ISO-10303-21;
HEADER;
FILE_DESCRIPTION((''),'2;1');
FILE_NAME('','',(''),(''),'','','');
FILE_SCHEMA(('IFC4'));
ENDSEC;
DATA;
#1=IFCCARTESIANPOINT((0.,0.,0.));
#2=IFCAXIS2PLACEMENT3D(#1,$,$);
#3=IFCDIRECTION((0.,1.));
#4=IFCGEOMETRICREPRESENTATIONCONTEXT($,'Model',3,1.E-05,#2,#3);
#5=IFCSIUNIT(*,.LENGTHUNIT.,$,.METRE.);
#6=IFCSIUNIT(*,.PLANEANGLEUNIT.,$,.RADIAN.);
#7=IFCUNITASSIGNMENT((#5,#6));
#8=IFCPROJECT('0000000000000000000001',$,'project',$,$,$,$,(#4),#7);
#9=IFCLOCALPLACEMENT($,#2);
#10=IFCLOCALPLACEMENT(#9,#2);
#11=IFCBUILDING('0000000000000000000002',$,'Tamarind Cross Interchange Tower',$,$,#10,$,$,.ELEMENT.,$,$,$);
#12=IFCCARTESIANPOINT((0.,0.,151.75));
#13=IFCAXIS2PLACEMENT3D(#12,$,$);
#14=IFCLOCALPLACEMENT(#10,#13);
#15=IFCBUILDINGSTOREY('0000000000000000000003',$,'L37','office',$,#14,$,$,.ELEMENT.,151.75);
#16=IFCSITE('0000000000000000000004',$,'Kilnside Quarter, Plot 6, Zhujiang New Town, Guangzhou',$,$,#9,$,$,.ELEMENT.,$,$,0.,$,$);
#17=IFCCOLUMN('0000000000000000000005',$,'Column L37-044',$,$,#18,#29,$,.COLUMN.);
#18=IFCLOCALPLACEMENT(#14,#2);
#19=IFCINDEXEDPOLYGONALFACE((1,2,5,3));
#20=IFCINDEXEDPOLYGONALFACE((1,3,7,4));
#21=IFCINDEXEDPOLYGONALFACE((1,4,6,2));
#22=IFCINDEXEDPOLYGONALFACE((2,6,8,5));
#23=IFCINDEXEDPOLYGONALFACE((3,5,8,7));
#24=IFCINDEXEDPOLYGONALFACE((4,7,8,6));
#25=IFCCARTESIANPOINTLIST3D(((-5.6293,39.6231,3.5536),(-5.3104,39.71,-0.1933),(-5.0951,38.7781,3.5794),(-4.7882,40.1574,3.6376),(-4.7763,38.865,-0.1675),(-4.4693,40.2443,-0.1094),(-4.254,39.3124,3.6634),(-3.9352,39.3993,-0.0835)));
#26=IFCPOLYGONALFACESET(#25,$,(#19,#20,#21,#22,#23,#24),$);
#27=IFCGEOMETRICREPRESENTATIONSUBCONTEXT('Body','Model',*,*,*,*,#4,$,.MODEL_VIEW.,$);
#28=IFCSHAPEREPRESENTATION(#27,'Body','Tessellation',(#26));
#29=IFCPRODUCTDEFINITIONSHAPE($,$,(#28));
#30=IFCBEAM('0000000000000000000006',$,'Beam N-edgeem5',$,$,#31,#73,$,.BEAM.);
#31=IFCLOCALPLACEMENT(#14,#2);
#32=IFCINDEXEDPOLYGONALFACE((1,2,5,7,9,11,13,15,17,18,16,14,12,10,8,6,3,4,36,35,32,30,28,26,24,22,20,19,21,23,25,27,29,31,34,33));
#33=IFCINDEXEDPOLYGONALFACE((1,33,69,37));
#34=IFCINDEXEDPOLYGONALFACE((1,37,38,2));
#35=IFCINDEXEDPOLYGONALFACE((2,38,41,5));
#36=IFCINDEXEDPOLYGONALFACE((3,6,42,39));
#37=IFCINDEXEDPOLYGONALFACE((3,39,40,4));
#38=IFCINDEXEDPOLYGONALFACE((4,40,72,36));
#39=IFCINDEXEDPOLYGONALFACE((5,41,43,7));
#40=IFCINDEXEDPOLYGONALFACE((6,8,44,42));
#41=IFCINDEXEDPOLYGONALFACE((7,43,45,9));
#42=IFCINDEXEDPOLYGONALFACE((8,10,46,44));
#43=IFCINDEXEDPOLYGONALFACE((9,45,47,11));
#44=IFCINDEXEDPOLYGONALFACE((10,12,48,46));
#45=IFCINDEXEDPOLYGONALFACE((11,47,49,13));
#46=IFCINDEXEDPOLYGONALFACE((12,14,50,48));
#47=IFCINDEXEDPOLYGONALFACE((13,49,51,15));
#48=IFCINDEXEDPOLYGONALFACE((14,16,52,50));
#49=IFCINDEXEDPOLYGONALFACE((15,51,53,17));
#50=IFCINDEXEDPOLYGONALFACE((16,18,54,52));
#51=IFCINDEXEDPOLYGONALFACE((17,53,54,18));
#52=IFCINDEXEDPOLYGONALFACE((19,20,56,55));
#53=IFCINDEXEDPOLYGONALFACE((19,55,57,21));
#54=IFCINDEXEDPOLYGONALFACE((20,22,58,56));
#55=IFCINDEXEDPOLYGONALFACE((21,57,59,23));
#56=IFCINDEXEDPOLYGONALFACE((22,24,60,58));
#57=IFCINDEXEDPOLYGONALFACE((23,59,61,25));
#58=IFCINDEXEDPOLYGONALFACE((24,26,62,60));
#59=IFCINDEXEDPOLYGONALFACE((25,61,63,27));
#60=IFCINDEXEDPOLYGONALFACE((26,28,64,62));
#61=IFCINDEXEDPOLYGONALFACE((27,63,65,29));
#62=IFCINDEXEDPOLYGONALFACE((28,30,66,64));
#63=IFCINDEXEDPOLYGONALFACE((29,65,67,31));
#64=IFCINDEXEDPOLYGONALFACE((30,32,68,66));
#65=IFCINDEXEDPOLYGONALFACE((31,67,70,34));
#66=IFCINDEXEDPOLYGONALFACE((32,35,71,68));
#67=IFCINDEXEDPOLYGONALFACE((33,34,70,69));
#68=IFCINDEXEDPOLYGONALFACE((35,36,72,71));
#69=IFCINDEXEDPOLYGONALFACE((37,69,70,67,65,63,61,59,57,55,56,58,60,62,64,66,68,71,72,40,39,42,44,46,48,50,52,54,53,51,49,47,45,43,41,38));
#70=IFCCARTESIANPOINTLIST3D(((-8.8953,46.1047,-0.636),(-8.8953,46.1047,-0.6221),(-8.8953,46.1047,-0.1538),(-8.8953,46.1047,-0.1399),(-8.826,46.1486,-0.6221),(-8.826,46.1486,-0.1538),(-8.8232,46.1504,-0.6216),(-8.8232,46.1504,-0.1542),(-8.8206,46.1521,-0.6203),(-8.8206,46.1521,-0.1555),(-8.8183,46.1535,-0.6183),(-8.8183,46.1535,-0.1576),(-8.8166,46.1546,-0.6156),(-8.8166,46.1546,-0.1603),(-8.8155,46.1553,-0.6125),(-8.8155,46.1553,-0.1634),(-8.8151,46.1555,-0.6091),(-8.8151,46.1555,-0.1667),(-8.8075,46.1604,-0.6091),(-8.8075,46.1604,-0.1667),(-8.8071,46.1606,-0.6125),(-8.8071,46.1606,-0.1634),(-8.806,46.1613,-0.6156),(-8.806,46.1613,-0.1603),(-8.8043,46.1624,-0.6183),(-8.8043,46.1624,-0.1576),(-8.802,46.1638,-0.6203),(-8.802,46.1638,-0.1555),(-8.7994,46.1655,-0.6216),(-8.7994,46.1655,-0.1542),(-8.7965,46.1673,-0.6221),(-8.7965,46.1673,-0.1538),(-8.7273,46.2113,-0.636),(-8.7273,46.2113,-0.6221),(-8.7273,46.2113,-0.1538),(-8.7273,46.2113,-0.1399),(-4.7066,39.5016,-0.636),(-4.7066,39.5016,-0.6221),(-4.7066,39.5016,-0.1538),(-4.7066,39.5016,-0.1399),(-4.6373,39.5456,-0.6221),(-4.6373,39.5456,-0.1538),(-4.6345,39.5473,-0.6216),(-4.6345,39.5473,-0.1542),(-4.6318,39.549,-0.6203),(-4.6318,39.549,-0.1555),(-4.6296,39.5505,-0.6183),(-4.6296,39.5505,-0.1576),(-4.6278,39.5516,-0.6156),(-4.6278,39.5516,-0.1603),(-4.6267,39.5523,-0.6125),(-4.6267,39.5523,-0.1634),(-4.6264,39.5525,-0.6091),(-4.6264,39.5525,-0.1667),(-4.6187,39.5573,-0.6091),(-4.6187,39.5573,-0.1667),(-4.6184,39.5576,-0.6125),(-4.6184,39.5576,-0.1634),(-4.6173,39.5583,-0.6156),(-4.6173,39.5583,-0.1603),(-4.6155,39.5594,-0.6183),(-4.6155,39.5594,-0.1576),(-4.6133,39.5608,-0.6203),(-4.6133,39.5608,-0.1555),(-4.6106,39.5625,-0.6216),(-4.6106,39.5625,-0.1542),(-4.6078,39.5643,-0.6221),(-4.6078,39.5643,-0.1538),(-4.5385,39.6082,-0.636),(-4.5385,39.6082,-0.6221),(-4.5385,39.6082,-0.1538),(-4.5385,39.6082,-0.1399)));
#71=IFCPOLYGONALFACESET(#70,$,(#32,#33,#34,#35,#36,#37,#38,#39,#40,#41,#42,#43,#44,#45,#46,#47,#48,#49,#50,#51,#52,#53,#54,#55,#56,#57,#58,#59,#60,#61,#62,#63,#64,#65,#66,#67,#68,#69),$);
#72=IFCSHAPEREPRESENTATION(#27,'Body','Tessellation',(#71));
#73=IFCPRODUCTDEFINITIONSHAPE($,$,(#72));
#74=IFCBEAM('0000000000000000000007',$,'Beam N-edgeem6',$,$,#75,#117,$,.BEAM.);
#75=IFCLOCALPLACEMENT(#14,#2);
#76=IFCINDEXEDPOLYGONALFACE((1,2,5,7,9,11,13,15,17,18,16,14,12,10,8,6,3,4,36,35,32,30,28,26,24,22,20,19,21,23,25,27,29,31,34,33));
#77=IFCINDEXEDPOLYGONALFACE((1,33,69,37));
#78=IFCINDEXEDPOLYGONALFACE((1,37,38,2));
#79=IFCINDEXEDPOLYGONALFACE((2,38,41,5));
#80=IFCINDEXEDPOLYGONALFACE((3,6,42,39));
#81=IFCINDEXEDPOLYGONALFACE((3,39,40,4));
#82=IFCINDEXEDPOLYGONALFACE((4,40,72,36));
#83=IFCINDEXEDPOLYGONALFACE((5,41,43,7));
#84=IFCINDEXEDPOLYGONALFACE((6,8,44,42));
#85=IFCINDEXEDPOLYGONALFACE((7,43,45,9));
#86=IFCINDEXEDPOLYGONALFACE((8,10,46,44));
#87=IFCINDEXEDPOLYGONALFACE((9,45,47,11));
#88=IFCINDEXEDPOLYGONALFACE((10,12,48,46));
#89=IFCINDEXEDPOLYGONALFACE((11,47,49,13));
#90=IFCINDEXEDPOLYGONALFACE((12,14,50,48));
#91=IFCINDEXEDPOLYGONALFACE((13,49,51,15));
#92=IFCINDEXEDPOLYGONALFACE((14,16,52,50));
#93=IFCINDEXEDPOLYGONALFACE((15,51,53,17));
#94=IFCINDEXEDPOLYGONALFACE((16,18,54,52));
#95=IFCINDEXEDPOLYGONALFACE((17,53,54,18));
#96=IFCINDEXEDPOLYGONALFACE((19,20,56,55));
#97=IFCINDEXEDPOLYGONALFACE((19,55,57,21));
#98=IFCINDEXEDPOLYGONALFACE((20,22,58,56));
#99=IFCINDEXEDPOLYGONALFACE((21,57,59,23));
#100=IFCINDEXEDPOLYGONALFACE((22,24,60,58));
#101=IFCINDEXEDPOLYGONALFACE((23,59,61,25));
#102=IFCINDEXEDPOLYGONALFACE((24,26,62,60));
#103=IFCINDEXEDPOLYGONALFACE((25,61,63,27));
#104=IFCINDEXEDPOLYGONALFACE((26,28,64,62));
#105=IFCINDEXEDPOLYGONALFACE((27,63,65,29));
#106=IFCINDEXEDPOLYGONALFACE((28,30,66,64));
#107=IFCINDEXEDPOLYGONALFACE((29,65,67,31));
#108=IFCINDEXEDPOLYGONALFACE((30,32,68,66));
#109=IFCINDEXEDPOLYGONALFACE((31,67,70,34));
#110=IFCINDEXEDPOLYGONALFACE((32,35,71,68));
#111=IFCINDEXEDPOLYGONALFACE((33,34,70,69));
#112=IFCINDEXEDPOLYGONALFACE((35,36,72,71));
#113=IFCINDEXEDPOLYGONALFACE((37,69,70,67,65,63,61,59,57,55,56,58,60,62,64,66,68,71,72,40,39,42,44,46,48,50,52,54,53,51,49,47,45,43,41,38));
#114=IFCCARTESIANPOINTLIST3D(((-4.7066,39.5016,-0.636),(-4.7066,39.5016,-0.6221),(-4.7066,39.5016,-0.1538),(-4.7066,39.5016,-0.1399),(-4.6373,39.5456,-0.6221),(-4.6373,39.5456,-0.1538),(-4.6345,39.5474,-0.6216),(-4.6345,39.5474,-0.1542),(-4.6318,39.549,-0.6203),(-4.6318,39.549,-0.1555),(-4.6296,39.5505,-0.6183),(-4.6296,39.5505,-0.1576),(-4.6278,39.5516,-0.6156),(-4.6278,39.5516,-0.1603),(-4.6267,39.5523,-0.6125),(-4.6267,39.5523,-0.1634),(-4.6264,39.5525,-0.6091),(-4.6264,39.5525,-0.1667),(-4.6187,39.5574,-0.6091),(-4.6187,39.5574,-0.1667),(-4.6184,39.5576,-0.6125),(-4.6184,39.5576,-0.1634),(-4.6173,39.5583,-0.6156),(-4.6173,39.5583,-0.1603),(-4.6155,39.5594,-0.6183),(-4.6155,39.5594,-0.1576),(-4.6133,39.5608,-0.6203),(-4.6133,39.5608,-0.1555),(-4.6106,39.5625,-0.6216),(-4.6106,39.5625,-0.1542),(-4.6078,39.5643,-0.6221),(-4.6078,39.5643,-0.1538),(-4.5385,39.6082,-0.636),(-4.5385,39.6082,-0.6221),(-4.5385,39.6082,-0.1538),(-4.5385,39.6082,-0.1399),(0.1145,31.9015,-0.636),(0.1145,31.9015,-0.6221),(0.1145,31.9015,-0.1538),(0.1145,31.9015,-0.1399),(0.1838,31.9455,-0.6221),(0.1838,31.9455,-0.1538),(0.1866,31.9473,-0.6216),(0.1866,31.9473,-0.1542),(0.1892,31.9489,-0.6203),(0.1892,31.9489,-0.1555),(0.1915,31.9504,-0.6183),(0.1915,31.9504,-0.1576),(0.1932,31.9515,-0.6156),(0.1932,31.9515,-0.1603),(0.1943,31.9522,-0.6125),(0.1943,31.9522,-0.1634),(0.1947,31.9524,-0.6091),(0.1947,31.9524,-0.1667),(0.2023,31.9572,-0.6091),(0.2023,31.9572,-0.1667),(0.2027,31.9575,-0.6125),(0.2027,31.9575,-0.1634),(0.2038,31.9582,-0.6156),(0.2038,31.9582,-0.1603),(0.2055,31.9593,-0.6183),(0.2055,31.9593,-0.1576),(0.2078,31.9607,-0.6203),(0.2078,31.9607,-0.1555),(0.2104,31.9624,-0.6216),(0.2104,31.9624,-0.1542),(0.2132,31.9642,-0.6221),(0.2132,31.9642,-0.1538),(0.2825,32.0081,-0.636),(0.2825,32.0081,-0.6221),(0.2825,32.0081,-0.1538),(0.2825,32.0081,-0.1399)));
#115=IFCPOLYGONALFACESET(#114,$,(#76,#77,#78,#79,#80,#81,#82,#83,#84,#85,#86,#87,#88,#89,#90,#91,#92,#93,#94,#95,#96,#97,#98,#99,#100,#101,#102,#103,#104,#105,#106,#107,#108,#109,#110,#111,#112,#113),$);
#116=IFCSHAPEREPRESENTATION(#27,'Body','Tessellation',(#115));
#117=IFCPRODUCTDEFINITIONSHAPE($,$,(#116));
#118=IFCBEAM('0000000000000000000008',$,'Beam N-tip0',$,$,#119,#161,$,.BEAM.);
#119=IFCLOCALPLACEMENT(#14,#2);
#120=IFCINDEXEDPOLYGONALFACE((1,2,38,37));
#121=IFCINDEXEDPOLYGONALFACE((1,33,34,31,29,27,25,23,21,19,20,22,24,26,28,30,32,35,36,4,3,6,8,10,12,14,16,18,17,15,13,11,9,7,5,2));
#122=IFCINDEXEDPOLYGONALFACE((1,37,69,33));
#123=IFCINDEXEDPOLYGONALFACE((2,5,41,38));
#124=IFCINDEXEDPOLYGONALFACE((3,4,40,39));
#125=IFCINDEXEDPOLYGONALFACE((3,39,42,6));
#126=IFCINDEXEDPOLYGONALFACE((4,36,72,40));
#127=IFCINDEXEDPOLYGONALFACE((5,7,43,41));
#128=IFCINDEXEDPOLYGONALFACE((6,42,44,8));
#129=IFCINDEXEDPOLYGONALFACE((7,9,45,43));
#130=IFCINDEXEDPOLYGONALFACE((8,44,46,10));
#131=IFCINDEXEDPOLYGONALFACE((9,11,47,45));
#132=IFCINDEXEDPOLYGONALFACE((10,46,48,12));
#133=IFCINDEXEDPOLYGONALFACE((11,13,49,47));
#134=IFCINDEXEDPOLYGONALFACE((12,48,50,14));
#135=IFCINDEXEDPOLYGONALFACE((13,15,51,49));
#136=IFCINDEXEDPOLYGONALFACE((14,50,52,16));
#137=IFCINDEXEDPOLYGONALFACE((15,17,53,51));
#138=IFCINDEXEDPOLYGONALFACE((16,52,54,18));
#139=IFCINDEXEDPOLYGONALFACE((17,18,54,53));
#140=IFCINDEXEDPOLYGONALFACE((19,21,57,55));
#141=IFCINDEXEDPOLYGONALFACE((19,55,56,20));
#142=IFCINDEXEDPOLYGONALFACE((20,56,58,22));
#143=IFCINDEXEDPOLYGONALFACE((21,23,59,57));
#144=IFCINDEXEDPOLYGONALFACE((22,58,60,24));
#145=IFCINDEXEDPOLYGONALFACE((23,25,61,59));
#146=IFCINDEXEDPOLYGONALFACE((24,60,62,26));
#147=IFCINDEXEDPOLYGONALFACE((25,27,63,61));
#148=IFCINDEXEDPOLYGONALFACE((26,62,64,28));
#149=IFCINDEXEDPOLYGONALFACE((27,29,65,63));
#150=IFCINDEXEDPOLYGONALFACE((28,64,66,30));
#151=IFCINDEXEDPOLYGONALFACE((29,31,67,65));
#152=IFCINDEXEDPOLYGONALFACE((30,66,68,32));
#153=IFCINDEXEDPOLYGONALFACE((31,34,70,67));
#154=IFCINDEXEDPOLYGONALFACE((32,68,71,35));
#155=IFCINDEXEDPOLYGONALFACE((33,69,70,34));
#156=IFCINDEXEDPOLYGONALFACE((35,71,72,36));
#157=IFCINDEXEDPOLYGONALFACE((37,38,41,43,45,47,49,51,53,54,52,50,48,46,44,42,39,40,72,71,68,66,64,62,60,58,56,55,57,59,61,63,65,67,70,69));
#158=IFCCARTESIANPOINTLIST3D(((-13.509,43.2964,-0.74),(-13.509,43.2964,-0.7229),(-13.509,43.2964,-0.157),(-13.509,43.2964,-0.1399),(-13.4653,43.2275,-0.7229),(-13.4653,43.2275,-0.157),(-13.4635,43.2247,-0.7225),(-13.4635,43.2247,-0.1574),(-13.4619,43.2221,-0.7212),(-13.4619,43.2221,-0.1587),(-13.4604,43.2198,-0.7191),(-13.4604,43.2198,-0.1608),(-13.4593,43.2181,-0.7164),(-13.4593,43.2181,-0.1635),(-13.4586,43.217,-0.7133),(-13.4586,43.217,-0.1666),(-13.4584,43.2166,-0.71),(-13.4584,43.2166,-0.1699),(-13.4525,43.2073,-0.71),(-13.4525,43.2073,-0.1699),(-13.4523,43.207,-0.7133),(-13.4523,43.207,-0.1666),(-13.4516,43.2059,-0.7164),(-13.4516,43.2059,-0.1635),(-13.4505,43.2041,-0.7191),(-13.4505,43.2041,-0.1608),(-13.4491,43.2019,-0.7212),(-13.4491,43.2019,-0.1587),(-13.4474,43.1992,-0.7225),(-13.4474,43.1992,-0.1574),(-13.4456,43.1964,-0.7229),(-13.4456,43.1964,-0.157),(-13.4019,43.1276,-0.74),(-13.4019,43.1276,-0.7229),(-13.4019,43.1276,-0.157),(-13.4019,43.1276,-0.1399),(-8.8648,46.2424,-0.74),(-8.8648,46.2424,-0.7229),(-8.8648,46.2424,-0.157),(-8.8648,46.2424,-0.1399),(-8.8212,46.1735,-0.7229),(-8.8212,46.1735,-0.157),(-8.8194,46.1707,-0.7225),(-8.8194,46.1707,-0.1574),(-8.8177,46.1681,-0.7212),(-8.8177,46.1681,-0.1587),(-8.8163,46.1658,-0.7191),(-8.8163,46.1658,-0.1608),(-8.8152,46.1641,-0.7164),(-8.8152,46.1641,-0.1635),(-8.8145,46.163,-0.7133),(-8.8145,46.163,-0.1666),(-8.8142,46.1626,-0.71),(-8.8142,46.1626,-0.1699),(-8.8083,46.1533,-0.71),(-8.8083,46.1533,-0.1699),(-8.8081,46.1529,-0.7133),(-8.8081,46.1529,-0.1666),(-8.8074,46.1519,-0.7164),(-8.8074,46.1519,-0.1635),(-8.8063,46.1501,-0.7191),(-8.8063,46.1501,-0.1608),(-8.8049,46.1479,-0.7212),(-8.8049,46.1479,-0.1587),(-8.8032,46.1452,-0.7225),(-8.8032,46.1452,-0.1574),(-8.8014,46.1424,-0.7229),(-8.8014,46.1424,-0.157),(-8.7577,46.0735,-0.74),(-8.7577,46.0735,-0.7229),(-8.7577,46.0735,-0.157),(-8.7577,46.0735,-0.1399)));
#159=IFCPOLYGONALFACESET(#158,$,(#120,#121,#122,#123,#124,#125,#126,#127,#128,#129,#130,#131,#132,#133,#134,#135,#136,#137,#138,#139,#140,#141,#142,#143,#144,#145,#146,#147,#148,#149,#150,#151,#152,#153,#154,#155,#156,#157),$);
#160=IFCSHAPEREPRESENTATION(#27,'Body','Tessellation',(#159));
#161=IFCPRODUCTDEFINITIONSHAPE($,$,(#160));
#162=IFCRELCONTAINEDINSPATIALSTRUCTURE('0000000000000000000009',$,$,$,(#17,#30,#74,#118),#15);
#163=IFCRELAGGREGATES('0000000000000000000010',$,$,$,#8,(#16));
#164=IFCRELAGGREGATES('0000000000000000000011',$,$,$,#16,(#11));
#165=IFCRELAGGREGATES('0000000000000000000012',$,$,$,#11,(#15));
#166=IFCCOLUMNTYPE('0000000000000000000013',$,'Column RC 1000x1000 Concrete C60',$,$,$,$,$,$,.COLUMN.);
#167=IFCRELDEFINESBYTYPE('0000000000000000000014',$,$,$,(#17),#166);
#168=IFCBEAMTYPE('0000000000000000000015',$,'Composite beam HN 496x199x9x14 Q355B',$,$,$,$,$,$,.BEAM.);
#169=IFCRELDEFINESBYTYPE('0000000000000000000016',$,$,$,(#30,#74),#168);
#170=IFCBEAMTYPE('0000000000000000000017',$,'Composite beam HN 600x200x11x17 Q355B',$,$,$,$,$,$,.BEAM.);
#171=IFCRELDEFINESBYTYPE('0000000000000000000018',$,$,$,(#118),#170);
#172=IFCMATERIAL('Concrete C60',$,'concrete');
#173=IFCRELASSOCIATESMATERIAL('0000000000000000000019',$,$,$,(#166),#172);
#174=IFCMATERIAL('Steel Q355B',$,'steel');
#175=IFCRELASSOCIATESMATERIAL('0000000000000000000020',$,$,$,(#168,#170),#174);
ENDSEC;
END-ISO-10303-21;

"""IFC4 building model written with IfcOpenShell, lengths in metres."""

from ifc_helpers import new_model, si_unit, direction, frame, origin, origin_2d, place, context, subcontext, project, spatial, rectangle, i_section, extrude, material, material_profile, profile_set, type_object, element, save


model = new_model("IFC4")

# Units and contexts
model_context = context("Model", 3, precision=1e-05, world=origin(), true_north=direction((0.0, 1.0)))
body_context = subcontext(model_context, "Body", "Model", "MODEL_VIEW")
ifc_project = project(units=[si_unit("LENGTHUNIT", "METRE"), si_unit("PLANEANGLEUNIT", "RADIAN")], contexts=[model_context])

# Site, building, storey
site_placement = place(None, origin())
site = spatial("IfcSite", under=ifc_project, at=site_placement, Name="Kilnside Quarter, Plot 6, Zhujiang New Town, Guangzhou", CompositionType="ELEMENT", RefElevation=0.0)
building_placement = place(site_placement, origin())
building = spatial("IfcBuilding", under=site, at=building_placement, Name="Tamarind Cross Interchange Tower", CompositionType="ELEMENT")
storey_placement = place(building_placement, frame((0.0, 0.0, 151.75)))
storey = spatial("IfcBuildingStorey", under=building, at=storey_placement, Name="L37", Description="office", CompositionType="ELEMENT", Elevation=151.75)

# Column
ifc_material_1 = material(Name="Concrete C60", Category="concrete")
ifc_material_profile_1 = material_profile(ifc_material_1, rectangle(XDim=1.0, YDim=1.0, at=origin_2d()), Name="RC 1000x1000")
ifc_profile_set_1 = profile_set([ifc_material_profile_1], Name="Concrete C60")
column_type = type_object("IfcColumnType", Name="Column RC 1000x1000 Concrete C60", PredefinedType="COLUMN", material=ifc_profile_set_1)
column_placement = place(storey_placement, frame((-4.6228, 39.5547, -0.1384), z_axis=(-0.084769, -0.023107, 0.996133), x_axis=(0.534165, -0.844985, 0.025856)))
element("IfcColumn", 1, at=column_placement, inside=storey, type_object=column_type, Name="Column L37-044", PredefinedType="COLUMN", context=body_context, shape_type="SweptSolid", body=[
    extrude(rectangle(XDim=1.0, YDim=1.0, at=origin_2d()), origin(), (0.0, 0.0, 1.0), 3.7615),
])

# Beams
ifc_material_2 = material(Name="Steel Q355B", Category="steel")
ifc_material_profile_2 = material_profile(ifc_material_2, i_section(OverallWidth=0.199, OverallDepth=0.4961, WebThickness=0.009, FlangeThickness=0.0139, FilletRadius=0.0129, at=origin_2d()), Name="HN 496x199x9x14")
ifc_profile_set_2 = profile_set([ifc_material_profile_2], Name="Steel Q355B")
beam_type_1 = type_object("IfcBeamType", Name="Composite beam HN 496x199x9x14 Q355B", PredefinedType="BEAM", material=ifc_profile_set_2)
beam_1_placement = place(storey_placement, frame((-8.8113, 46.158, -0.3879), z_axis=(0.535673, -0.844426, 0.0), x_axis=(0.844426, 0.535673, 0.0)))
element("IfcBeam", 2, at=beam_1_placement, inside=storey, type_object=beam_type_1, Name="Beam N-edgeem5", PredefinedType="BEAM", context=body_context, shape_type="SweptSolid", body=[
    extrude(i_section(OverallWidth=0.199, OverallDepth=0.4961, WebThickness=0.009, FlangeThickness=0.0139, FilletRadius=0.0129, at=origin_2d()), origin(), (0.0, 0.0, 1.0), 7.8196),
])
beam_2_placement = place(storey_placement, frame((-4.6226, 39.5549, -0.3879), z_axis=(0.535659, -0.844435, 0.0), x_axis=(0.844435, 0.535659, 0.0)))
element("IfcBeam", 3, at=beam_2_placement, inside=storey, type_object=beam_type_1, Name="Beam N-edgeem6", PredefinedType="BEAM", context=body_context, shape_type="SweptSolid", body=[
    extrude(i_section(OverallWidth=0.199, OverallDepth=0.4961, WebThickness=0.009, FlangeThickness=0.0139, FilletRadius=0.0129, at=origin_2d()), origin(), (0.0, 0.0, 1.0), 9.0002),
])
ifc_material_profile_3 = material_profile(ifc_material_2, i_section(OverallWidth=0.2, OverallDepth=0.6001, WebThickness=0.011, FlangeThickness=0.0171, FilletRadius=0.0129, at=origin_2d()), Name="HN 600x200x11x17")
ifc_profile_set_3 = profile_set([ifc_material_profile_3], Name="Steel Q355B")
beam_type_2 = type_object("IfcBeamType", Name="Composite beam HN 600x200x11x17 Q355B", PredefinedType="BEAM", material=ifc_profile_set_3)
beam_3_placement = place(storey_placement, frame((-8.8113, 46.158, -0.4399), z_axis=(-0.844436, -0.535657, 0.0), x_axis=(0.535657, -0.844436, 0.0)))
element("IfcBeam", 4, at=beam_3_placement, inside=storey, type_object=beam_type_2, Name="Beam N-tip0", PredefinedType="BEAM", context=body_context, shape_type="SweptSolid", body=[
    extrude(i_section(OverallWidth=0.2, OverallDepth=0.6001, WebThickness=0.011, FlangeThickness=0.0171, FilletRadius=0.0129, at=origin_2d()), origin(), (0.0, 0.0, 1.0), 5.4998),
])

save(model, "model.ifc")
